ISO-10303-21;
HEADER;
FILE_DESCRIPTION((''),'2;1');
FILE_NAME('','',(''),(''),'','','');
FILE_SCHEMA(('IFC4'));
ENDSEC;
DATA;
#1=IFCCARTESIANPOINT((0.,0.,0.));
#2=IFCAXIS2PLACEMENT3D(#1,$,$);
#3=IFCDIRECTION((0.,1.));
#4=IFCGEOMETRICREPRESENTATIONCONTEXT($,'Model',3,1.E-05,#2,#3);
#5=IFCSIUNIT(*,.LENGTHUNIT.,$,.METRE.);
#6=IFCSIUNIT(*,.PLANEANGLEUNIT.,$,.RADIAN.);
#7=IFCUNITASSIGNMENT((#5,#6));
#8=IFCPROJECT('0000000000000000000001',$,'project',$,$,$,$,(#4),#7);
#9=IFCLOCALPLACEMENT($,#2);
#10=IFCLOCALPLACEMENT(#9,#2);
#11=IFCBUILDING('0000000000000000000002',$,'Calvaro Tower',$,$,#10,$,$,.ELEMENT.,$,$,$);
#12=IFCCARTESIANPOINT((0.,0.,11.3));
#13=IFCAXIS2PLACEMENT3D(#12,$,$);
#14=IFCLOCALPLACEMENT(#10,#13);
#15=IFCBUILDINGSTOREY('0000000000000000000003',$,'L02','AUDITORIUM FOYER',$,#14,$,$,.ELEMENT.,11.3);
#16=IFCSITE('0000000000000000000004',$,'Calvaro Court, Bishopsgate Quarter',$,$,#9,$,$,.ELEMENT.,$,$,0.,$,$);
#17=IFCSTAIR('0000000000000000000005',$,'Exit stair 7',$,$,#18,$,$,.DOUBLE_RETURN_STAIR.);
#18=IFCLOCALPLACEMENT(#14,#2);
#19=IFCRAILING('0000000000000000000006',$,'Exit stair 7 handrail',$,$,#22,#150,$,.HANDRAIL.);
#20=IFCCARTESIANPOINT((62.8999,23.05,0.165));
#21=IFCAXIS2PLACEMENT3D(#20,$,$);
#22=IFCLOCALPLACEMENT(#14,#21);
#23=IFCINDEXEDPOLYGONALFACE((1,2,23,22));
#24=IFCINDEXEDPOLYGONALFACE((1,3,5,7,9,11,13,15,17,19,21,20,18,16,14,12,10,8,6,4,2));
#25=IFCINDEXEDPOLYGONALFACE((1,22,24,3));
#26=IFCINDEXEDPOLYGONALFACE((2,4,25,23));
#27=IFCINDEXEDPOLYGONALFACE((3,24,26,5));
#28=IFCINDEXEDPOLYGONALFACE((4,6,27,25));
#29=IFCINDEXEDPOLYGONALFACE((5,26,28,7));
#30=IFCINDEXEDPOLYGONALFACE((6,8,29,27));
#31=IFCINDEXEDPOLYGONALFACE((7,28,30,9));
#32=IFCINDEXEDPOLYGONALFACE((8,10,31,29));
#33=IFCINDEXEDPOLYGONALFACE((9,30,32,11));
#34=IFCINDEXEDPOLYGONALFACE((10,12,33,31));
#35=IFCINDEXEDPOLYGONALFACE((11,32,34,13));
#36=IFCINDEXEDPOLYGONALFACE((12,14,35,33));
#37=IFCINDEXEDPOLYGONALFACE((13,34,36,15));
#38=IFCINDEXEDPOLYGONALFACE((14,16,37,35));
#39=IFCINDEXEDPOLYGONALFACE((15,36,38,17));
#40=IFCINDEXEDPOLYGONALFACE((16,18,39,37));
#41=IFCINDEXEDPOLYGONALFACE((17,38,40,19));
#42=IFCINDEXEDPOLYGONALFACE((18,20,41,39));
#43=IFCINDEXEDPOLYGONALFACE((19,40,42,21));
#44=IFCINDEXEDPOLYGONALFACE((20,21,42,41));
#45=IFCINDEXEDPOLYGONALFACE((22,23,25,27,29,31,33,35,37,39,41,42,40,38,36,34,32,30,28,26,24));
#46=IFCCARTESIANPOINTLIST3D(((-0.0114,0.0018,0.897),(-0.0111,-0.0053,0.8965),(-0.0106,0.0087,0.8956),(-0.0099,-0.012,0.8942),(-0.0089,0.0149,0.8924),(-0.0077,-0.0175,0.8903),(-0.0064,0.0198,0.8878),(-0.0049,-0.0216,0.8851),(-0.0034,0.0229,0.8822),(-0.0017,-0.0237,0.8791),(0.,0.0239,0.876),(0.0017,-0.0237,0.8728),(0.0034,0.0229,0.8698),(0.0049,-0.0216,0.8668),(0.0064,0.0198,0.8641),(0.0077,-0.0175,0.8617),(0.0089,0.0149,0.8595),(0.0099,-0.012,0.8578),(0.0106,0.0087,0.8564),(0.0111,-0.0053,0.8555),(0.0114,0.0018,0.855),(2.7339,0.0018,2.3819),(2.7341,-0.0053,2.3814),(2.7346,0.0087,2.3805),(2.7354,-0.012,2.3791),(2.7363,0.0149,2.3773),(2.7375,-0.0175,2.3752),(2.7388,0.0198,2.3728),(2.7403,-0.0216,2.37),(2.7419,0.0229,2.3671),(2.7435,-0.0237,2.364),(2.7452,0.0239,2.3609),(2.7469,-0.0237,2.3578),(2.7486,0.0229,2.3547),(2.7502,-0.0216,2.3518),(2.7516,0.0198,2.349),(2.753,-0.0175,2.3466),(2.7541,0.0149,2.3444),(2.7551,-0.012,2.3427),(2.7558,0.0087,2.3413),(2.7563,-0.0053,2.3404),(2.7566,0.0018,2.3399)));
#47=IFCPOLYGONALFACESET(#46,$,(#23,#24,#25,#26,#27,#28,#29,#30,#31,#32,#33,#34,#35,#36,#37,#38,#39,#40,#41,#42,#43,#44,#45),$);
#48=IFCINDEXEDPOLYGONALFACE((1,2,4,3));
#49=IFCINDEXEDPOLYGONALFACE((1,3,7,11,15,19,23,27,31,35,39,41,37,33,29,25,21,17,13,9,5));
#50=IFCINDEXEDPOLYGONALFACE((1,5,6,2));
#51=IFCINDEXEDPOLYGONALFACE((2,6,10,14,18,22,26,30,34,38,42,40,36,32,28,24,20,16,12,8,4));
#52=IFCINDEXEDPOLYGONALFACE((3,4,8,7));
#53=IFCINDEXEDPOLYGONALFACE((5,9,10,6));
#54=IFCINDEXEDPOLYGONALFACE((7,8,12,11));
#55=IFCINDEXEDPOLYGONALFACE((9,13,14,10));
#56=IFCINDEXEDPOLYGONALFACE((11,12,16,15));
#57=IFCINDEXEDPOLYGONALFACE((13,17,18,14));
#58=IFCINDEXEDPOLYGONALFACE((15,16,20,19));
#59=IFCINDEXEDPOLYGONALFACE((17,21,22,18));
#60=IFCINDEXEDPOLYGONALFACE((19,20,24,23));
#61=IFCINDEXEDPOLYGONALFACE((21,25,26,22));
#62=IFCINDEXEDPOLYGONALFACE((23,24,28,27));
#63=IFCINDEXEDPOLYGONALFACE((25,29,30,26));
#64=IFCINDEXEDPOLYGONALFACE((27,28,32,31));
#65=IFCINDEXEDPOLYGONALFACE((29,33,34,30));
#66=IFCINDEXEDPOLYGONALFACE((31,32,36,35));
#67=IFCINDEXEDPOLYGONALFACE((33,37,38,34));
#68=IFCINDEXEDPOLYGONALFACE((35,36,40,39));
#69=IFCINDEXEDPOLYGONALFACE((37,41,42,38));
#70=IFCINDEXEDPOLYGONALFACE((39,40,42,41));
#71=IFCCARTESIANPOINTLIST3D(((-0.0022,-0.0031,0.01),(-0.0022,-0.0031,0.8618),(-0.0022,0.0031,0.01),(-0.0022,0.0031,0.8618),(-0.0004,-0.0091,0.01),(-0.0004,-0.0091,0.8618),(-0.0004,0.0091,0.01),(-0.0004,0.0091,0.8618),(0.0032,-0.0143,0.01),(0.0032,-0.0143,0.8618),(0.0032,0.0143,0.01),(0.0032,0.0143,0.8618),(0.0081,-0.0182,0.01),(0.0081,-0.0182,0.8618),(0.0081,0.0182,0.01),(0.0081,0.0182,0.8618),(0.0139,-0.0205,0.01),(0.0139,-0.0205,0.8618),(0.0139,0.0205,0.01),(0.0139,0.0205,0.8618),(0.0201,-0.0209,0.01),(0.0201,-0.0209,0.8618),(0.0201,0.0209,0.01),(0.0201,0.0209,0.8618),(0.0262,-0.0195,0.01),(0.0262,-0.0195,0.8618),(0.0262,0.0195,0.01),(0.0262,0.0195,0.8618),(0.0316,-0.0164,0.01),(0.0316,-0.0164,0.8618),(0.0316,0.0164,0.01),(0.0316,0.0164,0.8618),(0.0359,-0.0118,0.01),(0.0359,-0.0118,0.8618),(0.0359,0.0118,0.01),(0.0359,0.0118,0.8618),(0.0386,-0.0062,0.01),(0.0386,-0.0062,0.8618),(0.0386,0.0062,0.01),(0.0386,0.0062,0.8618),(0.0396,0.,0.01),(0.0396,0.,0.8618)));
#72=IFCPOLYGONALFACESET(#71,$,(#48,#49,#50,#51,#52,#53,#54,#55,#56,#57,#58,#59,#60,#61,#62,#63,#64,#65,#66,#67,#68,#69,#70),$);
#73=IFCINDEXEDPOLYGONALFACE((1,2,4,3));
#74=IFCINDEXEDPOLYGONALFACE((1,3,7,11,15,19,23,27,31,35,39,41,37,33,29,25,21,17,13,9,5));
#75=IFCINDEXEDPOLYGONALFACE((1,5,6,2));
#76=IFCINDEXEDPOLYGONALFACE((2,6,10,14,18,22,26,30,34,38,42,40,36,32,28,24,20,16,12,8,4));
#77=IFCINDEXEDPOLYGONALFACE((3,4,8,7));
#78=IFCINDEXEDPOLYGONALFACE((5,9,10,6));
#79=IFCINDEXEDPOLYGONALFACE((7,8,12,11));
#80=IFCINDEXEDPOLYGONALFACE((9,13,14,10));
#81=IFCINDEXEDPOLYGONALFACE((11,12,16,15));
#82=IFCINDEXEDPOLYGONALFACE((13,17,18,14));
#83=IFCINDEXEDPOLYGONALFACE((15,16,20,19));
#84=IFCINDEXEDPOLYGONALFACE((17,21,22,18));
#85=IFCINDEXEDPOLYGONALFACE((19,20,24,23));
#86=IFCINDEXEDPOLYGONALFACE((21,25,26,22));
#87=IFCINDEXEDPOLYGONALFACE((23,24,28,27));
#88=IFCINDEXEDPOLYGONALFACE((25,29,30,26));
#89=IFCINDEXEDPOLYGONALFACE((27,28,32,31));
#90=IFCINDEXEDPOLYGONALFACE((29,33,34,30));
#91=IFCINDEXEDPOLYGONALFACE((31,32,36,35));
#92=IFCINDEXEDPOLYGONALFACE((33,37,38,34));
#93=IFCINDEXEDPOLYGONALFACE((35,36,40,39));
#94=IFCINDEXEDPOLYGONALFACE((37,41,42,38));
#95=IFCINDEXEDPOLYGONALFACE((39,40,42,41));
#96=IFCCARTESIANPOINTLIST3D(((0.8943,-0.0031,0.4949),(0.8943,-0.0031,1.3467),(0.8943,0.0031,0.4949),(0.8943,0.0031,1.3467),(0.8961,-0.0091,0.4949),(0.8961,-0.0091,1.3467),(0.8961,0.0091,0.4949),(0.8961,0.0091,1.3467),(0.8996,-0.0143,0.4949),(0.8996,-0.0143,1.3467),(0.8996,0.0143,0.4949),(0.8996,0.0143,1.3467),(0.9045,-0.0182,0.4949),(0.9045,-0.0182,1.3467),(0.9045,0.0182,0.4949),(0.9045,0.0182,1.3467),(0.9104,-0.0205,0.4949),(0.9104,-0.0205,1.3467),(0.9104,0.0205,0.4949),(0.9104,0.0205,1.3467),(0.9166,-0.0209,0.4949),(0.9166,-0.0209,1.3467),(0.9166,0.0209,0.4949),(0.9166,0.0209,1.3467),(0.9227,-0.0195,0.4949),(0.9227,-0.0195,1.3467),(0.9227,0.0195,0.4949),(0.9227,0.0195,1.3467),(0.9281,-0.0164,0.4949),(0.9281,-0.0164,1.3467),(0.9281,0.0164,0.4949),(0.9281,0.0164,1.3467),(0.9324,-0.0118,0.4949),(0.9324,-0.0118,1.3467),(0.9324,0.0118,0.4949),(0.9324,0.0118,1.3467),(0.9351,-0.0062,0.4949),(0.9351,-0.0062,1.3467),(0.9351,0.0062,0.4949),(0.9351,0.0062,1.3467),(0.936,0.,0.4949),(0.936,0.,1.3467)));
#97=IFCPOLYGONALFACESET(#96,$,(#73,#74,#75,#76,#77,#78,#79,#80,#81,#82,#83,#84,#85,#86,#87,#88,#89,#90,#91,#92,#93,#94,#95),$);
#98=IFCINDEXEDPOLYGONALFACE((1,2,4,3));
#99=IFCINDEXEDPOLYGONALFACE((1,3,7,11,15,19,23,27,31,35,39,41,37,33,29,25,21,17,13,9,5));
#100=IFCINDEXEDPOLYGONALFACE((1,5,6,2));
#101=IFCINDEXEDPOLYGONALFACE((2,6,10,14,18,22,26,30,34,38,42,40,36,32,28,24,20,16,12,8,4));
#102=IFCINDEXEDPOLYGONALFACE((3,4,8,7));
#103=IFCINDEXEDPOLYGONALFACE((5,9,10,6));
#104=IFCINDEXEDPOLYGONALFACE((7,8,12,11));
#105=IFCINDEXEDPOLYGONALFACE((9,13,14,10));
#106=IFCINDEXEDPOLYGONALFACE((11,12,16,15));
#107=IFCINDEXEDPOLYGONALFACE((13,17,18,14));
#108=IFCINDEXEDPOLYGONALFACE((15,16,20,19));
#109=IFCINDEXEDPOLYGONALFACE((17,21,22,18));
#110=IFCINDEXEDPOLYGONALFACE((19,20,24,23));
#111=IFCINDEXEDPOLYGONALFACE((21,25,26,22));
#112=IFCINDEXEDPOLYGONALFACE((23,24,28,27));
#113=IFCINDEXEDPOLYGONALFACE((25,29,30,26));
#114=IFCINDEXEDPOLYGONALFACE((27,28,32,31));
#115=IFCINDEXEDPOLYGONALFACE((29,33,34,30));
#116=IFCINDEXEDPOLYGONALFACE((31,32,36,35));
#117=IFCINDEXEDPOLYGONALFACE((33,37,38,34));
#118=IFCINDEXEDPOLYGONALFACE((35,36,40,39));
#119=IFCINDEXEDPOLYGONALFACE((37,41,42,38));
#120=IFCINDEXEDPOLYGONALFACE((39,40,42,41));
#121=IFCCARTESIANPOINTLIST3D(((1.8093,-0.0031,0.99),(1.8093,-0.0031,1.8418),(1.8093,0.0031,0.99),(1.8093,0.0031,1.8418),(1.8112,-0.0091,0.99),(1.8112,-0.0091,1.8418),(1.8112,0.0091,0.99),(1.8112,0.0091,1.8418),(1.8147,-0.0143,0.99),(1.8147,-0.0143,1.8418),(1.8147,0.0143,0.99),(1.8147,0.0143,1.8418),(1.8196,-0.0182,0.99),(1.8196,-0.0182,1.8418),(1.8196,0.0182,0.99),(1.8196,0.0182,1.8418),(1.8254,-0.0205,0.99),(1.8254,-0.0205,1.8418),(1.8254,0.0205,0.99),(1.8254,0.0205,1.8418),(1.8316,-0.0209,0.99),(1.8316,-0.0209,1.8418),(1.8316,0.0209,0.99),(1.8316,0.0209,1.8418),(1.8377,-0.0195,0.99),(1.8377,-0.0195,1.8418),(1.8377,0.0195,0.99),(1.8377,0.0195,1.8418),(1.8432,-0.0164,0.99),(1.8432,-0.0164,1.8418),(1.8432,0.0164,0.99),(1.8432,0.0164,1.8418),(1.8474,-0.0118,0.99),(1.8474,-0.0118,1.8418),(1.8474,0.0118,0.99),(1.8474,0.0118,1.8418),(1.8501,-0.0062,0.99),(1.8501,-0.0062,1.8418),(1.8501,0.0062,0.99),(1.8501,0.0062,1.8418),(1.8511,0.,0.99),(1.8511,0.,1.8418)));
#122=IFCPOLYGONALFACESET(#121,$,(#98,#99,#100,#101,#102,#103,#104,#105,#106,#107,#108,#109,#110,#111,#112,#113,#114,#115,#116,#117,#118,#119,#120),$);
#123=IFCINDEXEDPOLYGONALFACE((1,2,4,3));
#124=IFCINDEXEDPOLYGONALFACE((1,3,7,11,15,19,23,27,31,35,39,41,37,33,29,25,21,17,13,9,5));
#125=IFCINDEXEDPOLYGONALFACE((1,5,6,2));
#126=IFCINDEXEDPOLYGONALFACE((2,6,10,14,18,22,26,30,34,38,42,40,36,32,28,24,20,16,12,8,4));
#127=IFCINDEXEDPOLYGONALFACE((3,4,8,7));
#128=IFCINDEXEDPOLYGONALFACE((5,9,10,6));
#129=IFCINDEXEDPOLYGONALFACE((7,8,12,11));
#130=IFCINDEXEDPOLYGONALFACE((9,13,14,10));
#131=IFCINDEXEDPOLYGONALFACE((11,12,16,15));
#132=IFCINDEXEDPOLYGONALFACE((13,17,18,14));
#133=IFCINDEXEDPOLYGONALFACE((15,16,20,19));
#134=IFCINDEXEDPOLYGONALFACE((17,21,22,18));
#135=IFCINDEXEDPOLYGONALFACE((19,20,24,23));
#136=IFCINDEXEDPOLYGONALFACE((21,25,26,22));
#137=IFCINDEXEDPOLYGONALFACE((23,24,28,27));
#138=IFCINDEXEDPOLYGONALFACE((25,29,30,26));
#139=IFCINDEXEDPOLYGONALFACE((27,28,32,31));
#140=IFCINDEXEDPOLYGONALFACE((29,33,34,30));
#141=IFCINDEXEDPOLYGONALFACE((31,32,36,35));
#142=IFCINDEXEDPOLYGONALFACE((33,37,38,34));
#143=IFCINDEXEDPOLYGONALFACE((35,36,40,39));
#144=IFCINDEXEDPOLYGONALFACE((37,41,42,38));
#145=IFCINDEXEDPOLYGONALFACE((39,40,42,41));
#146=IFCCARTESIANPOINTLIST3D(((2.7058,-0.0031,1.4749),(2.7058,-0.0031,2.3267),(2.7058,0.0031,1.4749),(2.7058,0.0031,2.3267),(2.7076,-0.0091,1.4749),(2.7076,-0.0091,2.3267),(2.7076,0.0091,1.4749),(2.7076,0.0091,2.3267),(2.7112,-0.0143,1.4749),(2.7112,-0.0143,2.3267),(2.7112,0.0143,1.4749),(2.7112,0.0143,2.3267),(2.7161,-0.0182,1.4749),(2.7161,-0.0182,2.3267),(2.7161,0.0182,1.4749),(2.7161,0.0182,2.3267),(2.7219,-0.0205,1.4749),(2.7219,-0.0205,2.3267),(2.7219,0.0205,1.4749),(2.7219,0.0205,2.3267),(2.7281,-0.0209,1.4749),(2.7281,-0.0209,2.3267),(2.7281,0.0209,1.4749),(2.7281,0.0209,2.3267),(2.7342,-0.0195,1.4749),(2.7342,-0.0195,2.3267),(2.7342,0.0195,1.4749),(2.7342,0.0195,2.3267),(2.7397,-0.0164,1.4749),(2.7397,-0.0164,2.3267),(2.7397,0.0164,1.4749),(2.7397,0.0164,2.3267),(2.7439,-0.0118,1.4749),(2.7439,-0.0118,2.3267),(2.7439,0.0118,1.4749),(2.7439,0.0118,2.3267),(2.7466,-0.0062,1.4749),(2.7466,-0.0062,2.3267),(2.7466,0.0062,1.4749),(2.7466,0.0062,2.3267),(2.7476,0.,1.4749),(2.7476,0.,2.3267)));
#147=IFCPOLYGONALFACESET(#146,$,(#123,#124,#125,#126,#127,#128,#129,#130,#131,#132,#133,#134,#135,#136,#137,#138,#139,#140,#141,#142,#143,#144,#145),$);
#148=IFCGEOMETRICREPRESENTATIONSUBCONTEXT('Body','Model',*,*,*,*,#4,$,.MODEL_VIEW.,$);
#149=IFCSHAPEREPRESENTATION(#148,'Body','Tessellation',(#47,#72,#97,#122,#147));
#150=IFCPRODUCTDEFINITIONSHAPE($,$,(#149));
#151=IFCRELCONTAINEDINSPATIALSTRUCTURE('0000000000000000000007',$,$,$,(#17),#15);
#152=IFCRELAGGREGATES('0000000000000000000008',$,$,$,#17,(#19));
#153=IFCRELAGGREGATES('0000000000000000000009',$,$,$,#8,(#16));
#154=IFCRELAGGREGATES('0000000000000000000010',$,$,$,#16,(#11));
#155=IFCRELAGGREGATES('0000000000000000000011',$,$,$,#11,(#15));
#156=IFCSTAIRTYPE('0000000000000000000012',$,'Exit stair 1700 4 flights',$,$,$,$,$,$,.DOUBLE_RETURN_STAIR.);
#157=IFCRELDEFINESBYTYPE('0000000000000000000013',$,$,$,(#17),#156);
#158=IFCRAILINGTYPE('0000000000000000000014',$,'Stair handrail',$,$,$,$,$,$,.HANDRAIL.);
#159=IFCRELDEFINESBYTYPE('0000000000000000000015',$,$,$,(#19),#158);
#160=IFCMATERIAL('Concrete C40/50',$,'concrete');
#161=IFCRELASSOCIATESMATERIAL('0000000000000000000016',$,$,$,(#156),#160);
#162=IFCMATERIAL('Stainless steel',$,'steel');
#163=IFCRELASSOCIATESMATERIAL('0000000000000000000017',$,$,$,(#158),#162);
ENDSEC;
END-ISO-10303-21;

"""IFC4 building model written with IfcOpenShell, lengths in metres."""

from ifc_helpers import new_model, si_unit, direction, frame, origin, origin_2d, place, context, subcontext, project, spatial, circle, extrude, material, type_object, element, aggregate, save


model = new_model("IFC4")

# Units and contexts
model_context = context("Model", 3, precision=1e-05, world=origin(), true_north=direction((0.0, 1.0)))
body_context = subcontext(model_context, "Body", "Model", "MODEL_VIEW")
ifc_project = project(units=[si_unit("LENGTHUNIT", "METRE"), si_unit("PLANEANGLEUNIT", "RADIAN")], contexts=[model_context])

# Site, building, storey
site_placement = place(None, origin())
site = spatial("IfcSite", under=ifc_project, at=site_placement, Name="Calvaro Court, Bishopsgate Quarter", CompositionType="ELEMENT", RefElevation=0.0)
building_placement = place(site_placement, origin())
building = spatial("IfcBuilding", under=site, at=building_placement, Name="Calvaro Tower", CompositionType="ELEMENT")
storey_placement = place(building_placement, frame((0.0, 0.0, 11.3)))
storey = spatial("IfcBuildingStorey", under=building, at=storey_placement, Name="L02", Description="AUDITORIUM FOYER", CompositionType="ELEMENT", Elevation=11.3)

# Stair, railing
ifc_material_1 = material(Name="Concrete C40/50", Category="concrete")
stair_type = type_object("IfcStairType", Name="Exit stair 1700 4 flights", PredefinedType="DOUBLE_RETURN_STAIR", material=ifc_material_1)
stair_placement = place(storey_placement, origin())
stair = element("IfcStair", 1, at=stair_placement, inside=storey, type_object=stair_type, Name="Exit stair 7", PredefinedType="DOUBLE_RETURN_STAIR")
ifc_material_2 = material(Name="Stainless steel", Category="steel")
railing_type = type_object("IfcRailingType", Name="Stair handrail", PredefinedType="HANDRAIL", material=ifc_material_2)
railing_1_placement = place(storey_placement, frame((62.8999, 23.05, 0.165)))
railing_1 = element("IfcRailing", 2, at=railing_1_placement, type_object=railing_type, Name="Exit stair 7 handrail", PredefinedType="HANDRAIL", context=body_context, shape_type="SweptSolid", body=[
    extrude(circle(Radius=0.0239, at=origin_2d()), frame((0.0, 0.0, 0.876), z_axis=(0.87957, 0.0, 0.475769), x_axis=(0.0, 1.0, 0.0)), (0.0, 0.0, 1.0), 3.1211),
    extrude(circle(Radius=0.021, at=origin_2d()), frame((0.0186, 0.0, 0.01)), (0.0, 0.0, 1.0), 0.8518),
    extrude(circle(Radius=0.021, at=origin_2d()), frame((0.915, 0.0, 0.4949)), (0.0, 0.0, 1.0), 0.8518),
    extrude(circle(Radius=0.021, at=origin_2d()), frame((1.8301, 0.0, 0.99)), (0.0, 0.0, 1.0), 0.8518),
    extrude(circle(Radius=0.021, at=origin_2d()), frame((2.7266, 0.0, 1.4749)), (0.0, 0.0, 1.0), 0.8518),
])
aggregate(stair, [railing_1])

save(model, "model.ifc")
